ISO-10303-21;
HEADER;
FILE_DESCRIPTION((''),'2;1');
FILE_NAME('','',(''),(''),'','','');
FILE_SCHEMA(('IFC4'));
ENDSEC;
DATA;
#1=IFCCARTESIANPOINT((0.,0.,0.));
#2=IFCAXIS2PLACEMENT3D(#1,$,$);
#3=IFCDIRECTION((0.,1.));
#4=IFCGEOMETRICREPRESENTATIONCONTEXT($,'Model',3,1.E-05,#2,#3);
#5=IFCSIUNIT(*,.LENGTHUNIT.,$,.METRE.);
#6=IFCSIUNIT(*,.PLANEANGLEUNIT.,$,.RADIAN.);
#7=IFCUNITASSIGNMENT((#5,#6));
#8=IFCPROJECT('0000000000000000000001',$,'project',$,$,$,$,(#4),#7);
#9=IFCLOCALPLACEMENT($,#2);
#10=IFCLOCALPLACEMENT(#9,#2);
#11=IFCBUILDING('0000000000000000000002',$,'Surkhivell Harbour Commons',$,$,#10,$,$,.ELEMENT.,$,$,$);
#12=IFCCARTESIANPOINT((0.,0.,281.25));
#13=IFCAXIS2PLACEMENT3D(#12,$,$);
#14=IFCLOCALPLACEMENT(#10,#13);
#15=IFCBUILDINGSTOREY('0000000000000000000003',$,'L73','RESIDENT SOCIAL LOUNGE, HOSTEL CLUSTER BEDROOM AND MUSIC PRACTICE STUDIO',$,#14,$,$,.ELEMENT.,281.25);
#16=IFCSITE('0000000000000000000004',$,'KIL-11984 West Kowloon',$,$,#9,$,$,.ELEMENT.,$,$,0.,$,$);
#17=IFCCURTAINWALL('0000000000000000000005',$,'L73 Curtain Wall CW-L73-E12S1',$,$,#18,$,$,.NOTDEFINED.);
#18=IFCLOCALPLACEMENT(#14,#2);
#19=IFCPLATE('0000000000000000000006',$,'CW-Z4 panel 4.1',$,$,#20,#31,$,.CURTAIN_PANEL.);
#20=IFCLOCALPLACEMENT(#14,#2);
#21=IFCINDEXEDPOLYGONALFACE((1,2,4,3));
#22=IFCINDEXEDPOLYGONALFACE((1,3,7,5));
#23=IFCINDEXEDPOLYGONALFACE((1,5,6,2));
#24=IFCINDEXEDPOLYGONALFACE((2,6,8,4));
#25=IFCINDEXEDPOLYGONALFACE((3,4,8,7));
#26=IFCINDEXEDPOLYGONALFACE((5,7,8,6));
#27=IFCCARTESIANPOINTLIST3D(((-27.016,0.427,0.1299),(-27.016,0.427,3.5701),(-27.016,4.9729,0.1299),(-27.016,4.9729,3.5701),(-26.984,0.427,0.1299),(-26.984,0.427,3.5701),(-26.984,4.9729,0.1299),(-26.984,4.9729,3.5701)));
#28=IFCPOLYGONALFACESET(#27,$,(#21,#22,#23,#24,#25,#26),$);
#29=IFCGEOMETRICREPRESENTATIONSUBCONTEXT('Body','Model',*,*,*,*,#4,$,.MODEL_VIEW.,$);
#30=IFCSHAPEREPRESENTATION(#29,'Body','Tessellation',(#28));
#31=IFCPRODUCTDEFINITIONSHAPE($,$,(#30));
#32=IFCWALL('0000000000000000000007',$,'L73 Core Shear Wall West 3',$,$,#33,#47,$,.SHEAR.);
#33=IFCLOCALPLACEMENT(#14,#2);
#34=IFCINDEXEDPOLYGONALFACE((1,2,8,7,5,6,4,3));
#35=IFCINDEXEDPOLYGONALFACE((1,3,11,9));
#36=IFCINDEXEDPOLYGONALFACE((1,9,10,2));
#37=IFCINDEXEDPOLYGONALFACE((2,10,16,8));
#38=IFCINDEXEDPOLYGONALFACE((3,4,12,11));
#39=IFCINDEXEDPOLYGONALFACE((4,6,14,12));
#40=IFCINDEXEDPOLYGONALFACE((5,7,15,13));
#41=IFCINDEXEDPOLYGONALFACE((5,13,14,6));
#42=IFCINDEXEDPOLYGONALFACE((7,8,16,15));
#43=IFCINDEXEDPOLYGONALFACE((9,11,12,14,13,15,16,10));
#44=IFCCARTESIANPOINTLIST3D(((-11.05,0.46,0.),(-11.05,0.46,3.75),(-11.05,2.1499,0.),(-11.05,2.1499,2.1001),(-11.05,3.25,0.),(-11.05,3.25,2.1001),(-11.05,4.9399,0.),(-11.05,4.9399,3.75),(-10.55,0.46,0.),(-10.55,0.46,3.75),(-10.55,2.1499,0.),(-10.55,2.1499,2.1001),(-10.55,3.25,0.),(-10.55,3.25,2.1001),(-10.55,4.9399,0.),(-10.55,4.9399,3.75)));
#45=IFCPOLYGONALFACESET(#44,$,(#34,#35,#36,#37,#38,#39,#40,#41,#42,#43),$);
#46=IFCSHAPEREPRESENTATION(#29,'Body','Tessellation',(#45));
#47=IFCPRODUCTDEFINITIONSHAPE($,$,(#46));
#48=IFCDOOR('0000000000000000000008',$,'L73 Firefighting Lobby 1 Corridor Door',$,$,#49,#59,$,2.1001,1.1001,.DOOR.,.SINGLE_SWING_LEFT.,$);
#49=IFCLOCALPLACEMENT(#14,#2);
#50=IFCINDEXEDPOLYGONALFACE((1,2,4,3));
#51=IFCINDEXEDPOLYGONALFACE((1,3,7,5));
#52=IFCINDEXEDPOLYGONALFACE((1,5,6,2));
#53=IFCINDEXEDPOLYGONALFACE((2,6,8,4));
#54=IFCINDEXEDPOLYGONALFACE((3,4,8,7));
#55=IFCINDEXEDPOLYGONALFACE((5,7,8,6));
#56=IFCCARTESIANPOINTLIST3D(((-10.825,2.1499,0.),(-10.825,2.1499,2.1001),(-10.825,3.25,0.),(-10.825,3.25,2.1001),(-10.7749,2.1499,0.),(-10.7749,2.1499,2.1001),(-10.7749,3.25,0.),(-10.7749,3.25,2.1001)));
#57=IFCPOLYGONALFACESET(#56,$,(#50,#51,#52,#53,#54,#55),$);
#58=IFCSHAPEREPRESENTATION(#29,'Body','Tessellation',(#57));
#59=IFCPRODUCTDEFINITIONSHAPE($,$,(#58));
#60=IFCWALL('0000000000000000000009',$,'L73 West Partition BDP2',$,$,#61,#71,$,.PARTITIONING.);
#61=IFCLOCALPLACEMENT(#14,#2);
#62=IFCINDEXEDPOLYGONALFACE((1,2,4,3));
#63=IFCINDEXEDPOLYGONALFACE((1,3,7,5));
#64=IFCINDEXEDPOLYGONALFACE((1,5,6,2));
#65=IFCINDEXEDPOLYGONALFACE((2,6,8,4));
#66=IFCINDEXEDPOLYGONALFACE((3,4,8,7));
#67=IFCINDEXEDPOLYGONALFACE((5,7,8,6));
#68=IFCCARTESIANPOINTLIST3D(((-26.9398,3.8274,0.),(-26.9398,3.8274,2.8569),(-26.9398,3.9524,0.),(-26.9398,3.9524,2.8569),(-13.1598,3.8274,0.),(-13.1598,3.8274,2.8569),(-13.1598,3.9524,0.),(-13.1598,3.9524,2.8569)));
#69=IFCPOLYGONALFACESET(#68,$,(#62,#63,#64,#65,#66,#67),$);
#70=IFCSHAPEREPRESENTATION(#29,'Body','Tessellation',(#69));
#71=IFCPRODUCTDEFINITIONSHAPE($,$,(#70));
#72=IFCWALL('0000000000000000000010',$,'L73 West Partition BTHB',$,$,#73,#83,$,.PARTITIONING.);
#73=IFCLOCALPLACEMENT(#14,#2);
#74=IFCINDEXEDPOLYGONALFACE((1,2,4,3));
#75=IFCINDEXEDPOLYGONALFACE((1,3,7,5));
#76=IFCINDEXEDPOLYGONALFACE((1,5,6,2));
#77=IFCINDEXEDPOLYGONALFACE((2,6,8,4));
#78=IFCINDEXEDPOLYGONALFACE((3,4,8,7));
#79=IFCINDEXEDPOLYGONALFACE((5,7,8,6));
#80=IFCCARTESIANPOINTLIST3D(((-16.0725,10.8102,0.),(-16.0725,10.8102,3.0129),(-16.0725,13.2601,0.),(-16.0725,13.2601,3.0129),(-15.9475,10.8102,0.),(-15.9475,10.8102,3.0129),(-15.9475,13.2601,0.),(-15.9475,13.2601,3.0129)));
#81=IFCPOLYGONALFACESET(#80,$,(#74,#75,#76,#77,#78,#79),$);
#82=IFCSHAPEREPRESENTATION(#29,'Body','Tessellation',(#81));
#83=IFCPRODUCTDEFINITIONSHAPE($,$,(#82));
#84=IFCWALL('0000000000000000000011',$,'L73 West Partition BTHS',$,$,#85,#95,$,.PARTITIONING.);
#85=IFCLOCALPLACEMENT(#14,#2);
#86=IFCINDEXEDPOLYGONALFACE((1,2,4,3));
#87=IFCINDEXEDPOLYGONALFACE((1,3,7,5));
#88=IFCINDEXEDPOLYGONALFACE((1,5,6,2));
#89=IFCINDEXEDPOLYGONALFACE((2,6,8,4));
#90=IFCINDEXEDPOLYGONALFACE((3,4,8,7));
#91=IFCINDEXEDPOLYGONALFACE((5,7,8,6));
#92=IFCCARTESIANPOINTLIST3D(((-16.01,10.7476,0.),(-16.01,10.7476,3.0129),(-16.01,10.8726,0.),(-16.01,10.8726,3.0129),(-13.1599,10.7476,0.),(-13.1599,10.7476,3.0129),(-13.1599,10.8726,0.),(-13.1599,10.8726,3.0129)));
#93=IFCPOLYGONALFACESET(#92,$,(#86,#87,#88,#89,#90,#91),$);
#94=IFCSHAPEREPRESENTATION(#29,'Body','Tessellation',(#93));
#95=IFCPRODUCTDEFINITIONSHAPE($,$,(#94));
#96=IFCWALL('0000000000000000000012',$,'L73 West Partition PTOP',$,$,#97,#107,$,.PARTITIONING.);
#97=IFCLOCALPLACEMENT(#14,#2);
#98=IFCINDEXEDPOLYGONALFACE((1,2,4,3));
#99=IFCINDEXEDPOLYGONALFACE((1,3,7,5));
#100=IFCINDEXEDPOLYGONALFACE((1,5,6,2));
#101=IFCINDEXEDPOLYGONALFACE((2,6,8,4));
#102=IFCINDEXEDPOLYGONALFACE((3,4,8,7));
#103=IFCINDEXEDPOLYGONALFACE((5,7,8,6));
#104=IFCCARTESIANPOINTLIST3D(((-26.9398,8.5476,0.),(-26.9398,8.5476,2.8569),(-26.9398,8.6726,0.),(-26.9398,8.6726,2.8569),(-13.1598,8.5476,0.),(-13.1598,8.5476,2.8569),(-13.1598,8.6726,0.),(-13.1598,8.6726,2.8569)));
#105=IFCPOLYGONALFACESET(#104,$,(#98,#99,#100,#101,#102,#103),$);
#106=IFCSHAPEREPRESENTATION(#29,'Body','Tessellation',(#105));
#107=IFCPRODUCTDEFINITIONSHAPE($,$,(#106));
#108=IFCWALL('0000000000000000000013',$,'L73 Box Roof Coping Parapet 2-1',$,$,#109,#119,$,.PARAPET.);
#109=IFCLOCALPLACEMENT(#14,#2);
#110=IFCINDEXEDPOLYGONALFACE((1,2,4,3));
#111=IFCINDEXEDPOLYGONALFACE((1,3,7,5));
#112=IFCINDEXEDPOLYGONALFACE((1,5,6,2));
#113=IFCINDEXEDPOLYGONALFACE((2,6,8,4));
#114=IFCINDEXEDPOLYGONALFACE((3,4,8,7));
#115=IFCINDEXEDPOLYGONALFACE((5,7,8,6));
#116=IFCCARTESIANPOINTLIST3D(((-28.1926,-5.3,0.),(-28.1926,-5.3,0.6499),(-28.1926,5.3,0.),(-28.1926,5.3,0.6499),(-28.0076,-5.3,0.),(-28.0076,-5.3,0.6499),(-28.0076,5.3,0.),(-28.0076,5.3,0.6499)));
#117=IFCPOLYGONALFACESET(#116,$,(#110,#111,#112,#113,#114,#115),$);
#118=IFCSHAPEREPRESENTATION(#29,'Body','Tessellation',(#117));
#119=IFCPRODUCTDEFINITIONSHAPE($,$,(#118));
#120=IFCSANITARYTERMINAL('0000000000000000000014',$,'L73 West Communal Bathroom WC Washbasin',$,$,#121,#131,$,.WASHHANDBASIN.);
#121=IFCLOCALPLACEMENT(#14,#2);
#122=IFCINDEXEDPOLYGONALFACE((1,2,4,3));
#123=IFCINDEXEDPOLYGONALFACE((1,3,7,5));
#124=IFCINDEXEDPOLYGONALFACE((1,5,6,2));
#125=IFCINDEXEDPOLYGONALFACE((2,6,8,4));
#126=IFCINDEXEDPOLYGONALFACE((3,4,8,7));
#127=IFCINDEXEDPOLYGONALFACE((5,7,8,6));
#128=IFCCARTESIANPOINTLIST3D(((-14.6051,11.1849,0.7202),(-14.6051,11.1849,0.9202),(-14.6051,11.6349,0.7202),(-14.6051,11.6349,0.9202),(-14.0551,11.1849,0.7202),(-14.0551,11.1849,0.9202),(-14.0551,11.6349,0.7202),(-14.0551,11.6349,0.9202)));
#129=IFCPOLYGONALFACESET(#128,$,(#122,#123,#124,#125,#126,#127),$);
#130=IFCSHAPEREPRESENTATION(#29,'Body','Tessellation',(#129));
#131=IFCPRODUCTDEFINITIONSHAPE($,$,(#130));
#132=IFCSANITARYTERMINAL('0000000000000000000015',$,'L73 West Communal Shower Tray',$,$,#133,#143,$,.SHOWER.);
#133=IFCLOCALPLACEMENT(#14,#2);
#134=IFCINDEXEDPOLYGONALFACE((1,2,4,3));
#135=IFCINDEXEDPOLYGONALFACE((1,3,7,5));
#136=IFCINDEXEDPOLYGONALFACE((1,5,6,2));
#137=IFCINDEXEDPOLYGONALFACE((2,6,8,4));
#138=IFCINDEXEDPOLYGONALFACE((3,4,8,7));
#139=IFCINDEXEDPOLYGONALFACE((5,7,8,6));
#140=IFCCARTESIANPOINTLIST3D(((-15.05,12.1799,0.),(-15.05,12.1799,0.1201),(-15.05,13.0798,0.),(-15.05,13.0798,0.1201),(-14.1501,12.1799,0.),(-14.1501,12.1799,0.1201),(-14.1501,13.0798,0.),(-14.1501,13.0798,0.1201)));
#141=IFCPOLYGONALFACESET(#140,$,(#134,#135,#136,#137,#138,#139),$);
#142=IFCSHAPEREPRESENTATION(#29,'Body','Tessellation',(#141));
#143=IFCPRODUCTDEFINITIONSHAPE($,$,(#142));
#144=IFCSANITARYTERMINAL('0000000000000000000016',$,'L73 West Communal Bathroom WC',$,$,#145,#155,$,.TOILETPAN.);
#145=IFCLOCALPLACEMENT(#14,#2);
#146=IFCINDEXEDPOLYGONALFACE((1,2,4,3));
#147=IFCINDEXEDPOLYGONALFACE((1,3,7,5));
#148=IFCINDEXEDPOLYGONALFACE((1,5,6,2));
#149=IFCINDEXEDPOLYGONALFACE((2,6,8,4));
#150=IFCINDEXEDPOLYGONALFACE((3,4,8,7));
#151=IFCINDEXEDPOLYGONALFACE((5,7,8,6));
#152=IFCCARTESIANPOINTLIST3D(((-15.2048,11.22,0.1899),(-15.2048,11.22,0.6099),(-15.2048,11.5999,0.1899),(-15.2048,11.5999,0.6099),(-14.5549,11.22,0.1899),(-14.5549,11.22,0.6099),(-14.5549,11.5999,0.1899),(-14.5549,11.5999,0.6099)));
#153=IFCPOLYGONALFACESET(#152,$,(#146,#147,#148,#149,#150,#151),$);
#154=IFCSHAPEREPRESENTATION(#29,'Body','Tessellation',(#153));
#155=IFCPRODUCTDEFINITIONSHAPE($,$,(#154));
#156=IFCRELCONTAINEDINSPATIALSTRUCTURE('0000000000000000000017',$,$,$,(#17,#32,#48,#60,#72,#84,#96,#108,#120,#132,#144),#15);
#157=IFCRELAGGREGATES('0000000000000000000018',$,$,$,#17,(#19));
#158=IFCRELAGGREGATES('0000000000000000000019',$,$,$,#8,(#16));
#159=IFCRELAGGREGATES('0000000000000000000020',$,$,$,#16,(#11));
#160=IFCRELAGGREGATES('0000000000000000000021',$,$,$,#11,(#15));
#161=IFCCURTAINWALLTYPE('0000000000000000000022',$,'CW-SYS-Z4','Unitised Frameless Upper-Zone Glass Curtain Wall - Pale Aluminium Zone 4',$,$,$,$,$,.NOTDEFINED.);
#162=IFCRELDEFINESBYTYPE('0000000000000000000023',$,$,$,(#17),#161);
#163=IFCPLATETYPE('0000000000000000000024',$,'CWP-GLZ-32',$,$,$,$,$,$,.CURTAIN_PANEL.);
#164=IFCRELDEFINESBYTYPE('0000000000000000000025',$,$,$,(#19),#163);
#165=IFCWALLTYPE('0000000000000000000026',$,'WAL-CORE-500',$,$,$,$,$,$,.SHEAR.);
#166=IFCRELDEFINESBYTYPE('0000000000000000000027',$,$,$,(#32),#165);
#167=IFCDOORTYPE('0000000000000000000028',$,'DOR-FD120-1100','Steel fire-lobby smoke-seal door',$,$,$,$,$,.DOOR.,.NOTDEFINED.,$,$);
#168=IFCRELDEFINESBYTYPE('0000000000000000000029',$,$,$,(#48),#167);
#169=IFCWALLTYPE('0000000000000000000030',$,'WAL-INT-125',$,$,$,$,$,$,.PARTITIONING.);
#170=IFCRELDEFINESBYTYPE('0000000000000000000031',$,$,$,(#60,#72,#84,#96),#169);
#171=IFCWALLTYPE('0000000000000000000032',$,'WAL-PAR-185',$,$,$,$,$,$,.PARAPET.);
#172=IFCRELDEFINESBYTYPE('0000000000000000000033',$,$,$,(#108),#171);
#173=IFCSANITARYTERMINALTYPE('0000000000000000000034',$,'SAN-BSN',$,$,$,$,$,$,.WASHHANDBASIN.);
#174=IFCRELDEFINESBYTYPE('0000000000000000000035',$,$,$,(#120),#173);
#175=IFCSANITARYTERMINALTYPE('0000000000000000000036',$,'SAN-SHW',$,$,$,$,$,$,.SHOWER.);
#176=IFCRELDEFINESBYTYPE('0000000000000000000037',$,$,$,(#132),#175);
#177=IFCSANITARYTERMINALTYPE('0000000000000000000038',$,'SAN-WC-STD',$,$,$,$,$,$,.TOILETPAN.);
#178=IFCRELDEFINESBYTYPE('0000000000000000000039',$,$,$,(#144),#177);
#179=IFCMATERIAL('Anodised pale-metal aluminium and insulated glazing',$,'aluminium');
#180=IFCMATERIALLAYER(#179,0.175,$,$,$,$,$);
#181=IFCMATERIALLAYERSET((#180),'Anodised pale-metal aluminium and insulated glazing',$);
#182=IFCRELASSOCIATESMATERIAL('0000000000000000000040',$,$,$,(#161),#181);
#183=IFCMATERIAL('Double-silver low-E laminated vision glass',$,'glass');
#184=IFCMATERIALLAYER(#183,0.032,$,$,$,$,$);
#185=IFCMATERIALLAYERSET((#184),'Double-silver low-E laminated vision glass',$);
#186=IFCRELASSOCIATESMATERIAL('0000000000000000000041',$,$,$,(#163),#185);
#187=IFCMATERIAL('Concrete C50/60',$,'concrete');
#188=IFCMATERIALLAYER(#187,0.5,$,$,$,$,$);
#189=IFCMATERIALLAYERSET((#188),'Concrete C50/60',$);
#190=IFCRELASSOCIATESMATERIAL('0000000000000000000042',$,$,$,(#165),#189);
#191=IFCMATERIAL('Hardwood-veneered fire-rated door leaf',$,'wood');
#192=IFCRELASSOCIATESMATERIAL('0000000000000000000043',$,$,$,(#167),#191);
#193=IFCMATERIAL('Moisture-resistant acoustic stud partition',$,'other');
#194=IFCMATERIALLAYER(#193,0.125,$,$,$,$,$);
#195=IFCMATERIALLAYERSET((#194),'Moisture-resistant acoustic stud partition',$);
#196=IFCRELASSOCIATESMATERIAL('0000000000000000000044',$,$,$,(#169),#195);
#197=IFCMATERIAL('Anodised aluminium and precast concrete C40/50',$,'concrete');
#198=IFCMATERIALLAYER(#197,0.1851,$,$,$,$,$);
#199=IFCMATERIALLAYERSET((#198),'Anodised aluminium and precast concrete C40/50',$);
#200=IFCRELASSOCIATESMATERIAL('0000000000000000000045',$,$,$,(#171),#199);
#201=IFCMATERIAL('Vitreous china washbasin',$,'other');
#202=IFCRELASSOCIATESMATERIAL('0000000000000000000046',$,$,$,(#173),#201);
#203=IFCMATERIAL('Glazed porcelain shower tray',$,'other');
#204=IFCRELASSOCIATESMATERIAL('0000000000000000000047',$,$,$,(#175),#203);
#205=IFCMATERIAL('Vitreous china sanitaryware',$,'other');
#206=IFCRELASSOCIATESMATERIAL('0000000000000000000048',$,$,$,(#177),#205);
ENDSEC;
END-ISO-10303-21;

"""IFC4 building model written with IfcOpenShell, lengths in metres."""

from ifc_helpers import new_model, si_unit, direction, frame, frame_2d, origin, origin_2d, place, context, subcontext, project, spatial, rectangle, extrude, material, layer, layer_set, type_object, element, fill, aggregate, save


model = new_model("IFC4")

# Units and contexts
model_context = context("Model", 3, precision=1e-05, world=origin(), true_north=direction((0.0, 1.0)))
body_context = subcontext(model_context, "Body", "Model", "MODEL_VIEW")
ifc_project = project(units=[si_unit("LENGTHUNIT", "METRE"), si_unit("PLANEANGLEUNIT", "RADIAN")], contexts=[model_context])

# Site, building, storey
site_placement = place(None, origin())
site = spatial("IfcSite", under=ifc_project, at=site_placement, Name="KIL-11984 West Kowloon", CompositionType="ELEMENT", RefElevation=0.0)
building_placement = place(site_placement, origin())
building = spatial("IfcBuilding", under=site, at=building_placement, Name="Surkhivell Harbour Commons", CompositionType="ELEMENT")
storey_placement = place(building_placement, frame((0.0, 0.0, 281.25)))
storey = spatial("IfcBuildingStorey", under=building, at=storey_placement, Name="L73", Description="RESIDENT SOCIAL LOUNGE, HOSTEL CLUSTER BEDROOM AND MUSIC PRACTICE STUDIO", CompositionType="ELEMENT", Elevation=281.25)

# Shared definitions
ifc_material_1 = material(Name="Concrete C50/60", Category="concrete")

# Curtain wall, plate
ifc_material_2 = material(Name="Anodised pale-metal aluminium and insulated glazing", Category="aluminium")
ifc_layer_1 = layer(ifc_material_2, 0.175)
ifc_layer_set_1 = layer_set([ifc_layer_1], Name="Anodised pale-metal aluminium and insulated glazing")
curtain_wall_type = type_object("IfcCurtainWallType", Name="CW-SYS-Z4", Description="Unitised Frameless Upper-Zone Glass Curtain Wall - Pale Aluminium Zone 4", PredefinedType="NOTDEFINED", material=ifc_layer_set_1)
curtain_wall_placement = place(storey_placement, origin())
curtain_wall = element("IfcCurtainWall", 1, at=curtain_wall_placement, inside=storey, type_object=curtain_wall_type, Name="L73 Curtain Wall CW-L73-E12S1", PredefinedType="NOTDEFINED")
ifc_material_3 = material(Name="Double-silver low-E laminated vision glass", Category="glass")
ifc_layer_2 = layer(ifc_material_3, 0.032)
ifc_layer_set_2 = layer_set([ifc_layer_2], Name="Double-silver low-E laminated vision glass")
plate_type = type_object("IfcPlateType", Name="CWP-GLZ-32", PredefinedType="CURTAIN_PANEL", material=ifc_layer_set_2)
plate_1_placement = place(storey_placement, frame((-27.0, 4.9729, 0.1299), z_axis=(0.0, 0.0, 1.0), x_axis=(0.0, -1.0, 0.0)))
plate_1 = element("IfcPlate", 2, at=plate_1_placement, type_object=plate_type, Name="CW-Z4 panel 4.1", PredefinedType="CURTAIN_PANEL", context=body_context, shape_type="SweptSolid", body=[
    extrude(rectangle(XDim=4.5459, YDim=0.032, at=frame_2d((2.2729, 0.0))), origin(), (0.0, 0.0, 1.0), 3.4402),
])
aggregate(curtain_wall, [plate_1])

# Wall, opening, door
ifc_layer_3 = layer(ifc_material_1, 0.5)
ifc_layer_set_3 = layer_set([ifc_layer_3], Name="Concrete C50/60")
wall_type_1 = type_object("IfcWallType", Name="WAL-CORE-500", PredefinedType="SHEAR", material=ifc_layer_set_3)
wall_1_placement = place(storey_placement, frame((-10.8, 0.46, 0.0), z_axis=(0.0, 0.0, 1.0), x_axis=(0.0, 1.0, 0.0)))
wall_1 = element("IfcWall", 3, at=wall_1_placement, inside=storey, type_object=wall_type_1, Name="L73 Core Shear Wall West 3", PredefinedType="SHEAR", context=body_context, shape_type="SweptSolid", body=[
    extrude(rectangle(XDim=4.48, YDim=0.5, at=frame_2d((2.24, 0.0))), origin(), (0.0, 0.0, 1.0), 3.75),
])
opening_placement = place(wall_1_placement, frame((1.6899, 0.0, 0.0)))
opening = element("IfcOpeningElement", 4, at=opening_placement, cuts=wall_1, PredefinedType="OPENING", context=body_context, shape_type="SweptSolid", body=[
    extrude(rectangle(XDim=1.1001, YDim=2.1001, at=frame_2d((0.55, 1.05))), frame((0.0, 0.26, 0.0), z_axis=(0.0, -1.0, 0.0), x_axis=(1.0, 0.0, 0.0)), (0.0, 0.0, 1.0), 0.52),
])
ifc_material_4 = material(Name="Hardwood-veneered fire-rated door leaf", Category="wood")
door_type = type_object("IfcDoorType", Name="DOR-FD120-1100", Description="Steel fire-lobby smoke-seal door", OperationType="NOTDEFINED", PredefinedType="DOOR", material=ifc_material_4)
door_placement = place(opening_placement, origin())
door = element("IfcDoor", 5, at=door_placement, inside=storey, type_object=door_type, Name="L73 Firefighting Lobby 1 Corridor Door", OperationType="SINGLE_SWING_LEFT", OverallHeight=2.1001, OverallWidth=1.1001, PredefinedType="DOOR", context=body_context, shape_type="SweptSolid", body=[
    extrude(rectangle(XDim=1.1001, YDim=2.1001, at=frame_2d((0.55, 1.05))), frame((0.0, 0.0249, 0.0), z_axis=(0.0, -1.0, 0.0), x_axis=(1.0, 0.0, 0.0)), (0.0, 0.0, 1.0), 0.05),
])
fill(opening, door)

# Walls
ifc_material_5 = material(Name="Moisture-resistant acoustic stud partition", Category="other")
ifc_layer_4 = layer(ifc_material_5, 0.125)
ifc_layer_set_4 = layer_set([ifc_layer_4], Name="Moisture-resistant acoustic stud partition")
wall_type_2 = type_object("IfcWallType", Name="WAL-INT-125", PredefinedType="PARTITIONING", material=ifc_layer_set_4)
wall_2_placement = place(storey_placement, frame((-26.9399, 3.8899, 0.0), z_axis=(0.0, 0.0, 1.0), x_axis=(1.0, 0.0, 0.0)))
element("IfcWall", 6, at=wall_2_placement, inside=storey, type_object=wall_type_2, Name="L73 West Partition BDP2", PredefinedType="PARTITIONING", context=body_context, shape_type="SweptSolid", body=[
    extrude(rectangle(XDim=13.78, YDim=0.125, at=frame_2d((6.8901, 0.0))), origin(), (0.0, 0.0, 1.0), 2.8569),
])
wall_3_placement = place(storey_placement, frame((-16.01, 10.8101, 0.0), z_axis=(0.0, 0.0, 1.0), x_axis=(0.0, 1.0, 0.0)))
element("IfcWall", 7, at=wall_3_placement, inside=storey, type_object=wall_type_2, Name="L73 West Partition BTHB", PredefinedType="PARTITIONING", context=body_context, shape_type="SweptSolid", body=[
    extrude(rectangle(XDim=2.45, YDim=0.125, at=frame_2d((1.2251, 0.0))), origin(), (0.0, 0.0, 1.0), 3.0129),
])
wall_4_placement = place(storey_placement, frame((-16.01, 10.8101, 0.0), z_axis=(0.0, 0.0, 1.0), x_axis=(1.0, 0.0, 0.0)))
element("IfcWall", 8, at=wall_4_placement, inside=storey, type_object=wall_type_2, Name="L73 West Partition BTHS", PredefinedType="PARTITIONING", context=body_context, shape_type="SweptSolid", body=[
    extrude(rectangle(XDim=2.8501, YDim=0.125, at=frame_2d((1.425, 0.0))), origin(), (0.0, 0.0, 1.0), 3.0129),
])
wall_5_placement = place(storey_placement, frame((-26.9399, 8.6101, 0.0), z_axis=(0.0, 0.0, 1.0), x_axis=(1.0, 0.0, 0.0)))
element("IfcWall", 9, at=wall_5_placement, inside=storey, type_object=wall_type_2, Name="L73 West Partition PTOP", PredefinedType="PARTITIONING", context=body_context, shape_type="SweptSolid", body=[
    extrude(rectangle(XDim=13.78, YDim=0.125, at=frame_2d((6.8901, 0.0))), origin(), (0.0, 0.0, 1.0), 2.8569),
])
ifc_material_6 = material(Name="Anodised aluminium and precast concrete C40/50", Category="concrete")
ifc_layer_5 = layer(ifc_material_6, 0.1851)
ifc_layer_set_5 = layer_set([ifc_layer_5], Name="Anodised aluminium and precast concrete C40/50")
wall_type_3 = type_object("IfcWallType", Name="WAL-PAR-185", PredefinedType="PARAPET", material=ifc_layer_set_5)
wall_6_placement = place(storey_placement, frame((-28.1001, 5.3, 0.0), z_axis=(0.0, 0.0, 1.0), x_axis=(0.0, -1.0, 0.0)))
element("IfcWall", 10, at=wall_6_placement, inside=storey, type_object=wall_type_3, Name="L73 Box Roof Coping Parapet 2-1", PredefinedType="PARAPET", context=body_context, shape_type="SweptSolid", body=[
    extrude(rectangle(XDim=10.6001, YDim=0.1851, at=frame_2d((5.3, 0.0))), origin(), (0.0, 0.0, 1.0), 0.6499),
])

# Sanitary terminals
ifc_material_7 = material(Name="Vitreous china washbasin", Category="other")
sanitary_terminal_type_1 = type_object("IfcSanitaryTerminalType", Name="SAN-BSN", PredefinedType="WASHHANDBASIN", material=ifc_material_7)
sanitary_terminal_1_placement = place(storey_placement, frame((-14.3301, 11.4099, 0.7202), z_axis=(0.0, 0.0, 1.0), x_axis=(1.0, 0.0, 0.0)))
element("IfcSanitaryTerminal", 11, at=sanitary_terminal_1_placement, inside=storey, type_object=sanitary_terminal_type_1, Name="L73 West Communal Bathroom WC Washbasin", PredefinedType="WASHHANDBASIN", context=body_context, shape_type="SweptSolid", body=[
    extrude(rectangle(XDim=0.55, YDim=0.45, at=origin_2d()), origin(), (0.0, 0.0, 1.0), 0.2),
])
ifc_material_8 = material(Name="Glazed porcelain shower tray", Category="other")
sanitary_terminal_type_2 = type_object("IfcSanitaryTerminalType", Name="SAN-SHW", PredefinedType="SHOWER", material=ifc_material_8)
sanitary_terminal_2_placement = place(storey_placement, frame((-14.6001, 12.6299, 0.0), z_axis=(0.0, 0.0, 1.0), x_axis=(1.0, 0.0, 0.0)))
element("IfcSanitaryTerminal", 12, at=sanitary_terminal_2_placement, inside=storey, type_object=sanitary_terminal_type_2, Name="L73 West Communal Shower Tray", PredefinedType="SHOWER", context=body_context, shape_type="SweptSolid", body=[
    extrude(rectangle(XDim=0.8999, YDim=0.8999, at=origin_2d()), origin(), (0.0, 0.0, 1.0), 0.1201),
])
ifc_material_9 = material(Name="Vitreous china sanitaryware", Category="other")
sanitary_terminal_type_3 = type_object("IfcSanitaryTerminalType", Name="SAN-WC-STD", PredefinedType="TOILETPAN", material=ifc_material_9)
sanitary_terminal_3_placement = place(storey_placement, frame((-14.8799, 11.4099, 0.1899), z_axis=(0.0, 0.0, 1.0), x_axis=(1.0, 0.0, 0.0)))
element("IfcSanitaryTerminal", 13, at=sanitary_terminal_3_placement, inside=storey, type_object=sanitary_terminal_type_3, Name="L73 West Communal Bathroom WC", PredefinedType="TOILETPAN", context=body_context, shape_type="SweptSolid", body=[
    extrude(rectangle(XDim=0.6499, YDim=0.3799, at=origin_2d()), origin(), (0.0, 0.0, 1.0), 0.4199),
])

save(model, "model.ifc")
